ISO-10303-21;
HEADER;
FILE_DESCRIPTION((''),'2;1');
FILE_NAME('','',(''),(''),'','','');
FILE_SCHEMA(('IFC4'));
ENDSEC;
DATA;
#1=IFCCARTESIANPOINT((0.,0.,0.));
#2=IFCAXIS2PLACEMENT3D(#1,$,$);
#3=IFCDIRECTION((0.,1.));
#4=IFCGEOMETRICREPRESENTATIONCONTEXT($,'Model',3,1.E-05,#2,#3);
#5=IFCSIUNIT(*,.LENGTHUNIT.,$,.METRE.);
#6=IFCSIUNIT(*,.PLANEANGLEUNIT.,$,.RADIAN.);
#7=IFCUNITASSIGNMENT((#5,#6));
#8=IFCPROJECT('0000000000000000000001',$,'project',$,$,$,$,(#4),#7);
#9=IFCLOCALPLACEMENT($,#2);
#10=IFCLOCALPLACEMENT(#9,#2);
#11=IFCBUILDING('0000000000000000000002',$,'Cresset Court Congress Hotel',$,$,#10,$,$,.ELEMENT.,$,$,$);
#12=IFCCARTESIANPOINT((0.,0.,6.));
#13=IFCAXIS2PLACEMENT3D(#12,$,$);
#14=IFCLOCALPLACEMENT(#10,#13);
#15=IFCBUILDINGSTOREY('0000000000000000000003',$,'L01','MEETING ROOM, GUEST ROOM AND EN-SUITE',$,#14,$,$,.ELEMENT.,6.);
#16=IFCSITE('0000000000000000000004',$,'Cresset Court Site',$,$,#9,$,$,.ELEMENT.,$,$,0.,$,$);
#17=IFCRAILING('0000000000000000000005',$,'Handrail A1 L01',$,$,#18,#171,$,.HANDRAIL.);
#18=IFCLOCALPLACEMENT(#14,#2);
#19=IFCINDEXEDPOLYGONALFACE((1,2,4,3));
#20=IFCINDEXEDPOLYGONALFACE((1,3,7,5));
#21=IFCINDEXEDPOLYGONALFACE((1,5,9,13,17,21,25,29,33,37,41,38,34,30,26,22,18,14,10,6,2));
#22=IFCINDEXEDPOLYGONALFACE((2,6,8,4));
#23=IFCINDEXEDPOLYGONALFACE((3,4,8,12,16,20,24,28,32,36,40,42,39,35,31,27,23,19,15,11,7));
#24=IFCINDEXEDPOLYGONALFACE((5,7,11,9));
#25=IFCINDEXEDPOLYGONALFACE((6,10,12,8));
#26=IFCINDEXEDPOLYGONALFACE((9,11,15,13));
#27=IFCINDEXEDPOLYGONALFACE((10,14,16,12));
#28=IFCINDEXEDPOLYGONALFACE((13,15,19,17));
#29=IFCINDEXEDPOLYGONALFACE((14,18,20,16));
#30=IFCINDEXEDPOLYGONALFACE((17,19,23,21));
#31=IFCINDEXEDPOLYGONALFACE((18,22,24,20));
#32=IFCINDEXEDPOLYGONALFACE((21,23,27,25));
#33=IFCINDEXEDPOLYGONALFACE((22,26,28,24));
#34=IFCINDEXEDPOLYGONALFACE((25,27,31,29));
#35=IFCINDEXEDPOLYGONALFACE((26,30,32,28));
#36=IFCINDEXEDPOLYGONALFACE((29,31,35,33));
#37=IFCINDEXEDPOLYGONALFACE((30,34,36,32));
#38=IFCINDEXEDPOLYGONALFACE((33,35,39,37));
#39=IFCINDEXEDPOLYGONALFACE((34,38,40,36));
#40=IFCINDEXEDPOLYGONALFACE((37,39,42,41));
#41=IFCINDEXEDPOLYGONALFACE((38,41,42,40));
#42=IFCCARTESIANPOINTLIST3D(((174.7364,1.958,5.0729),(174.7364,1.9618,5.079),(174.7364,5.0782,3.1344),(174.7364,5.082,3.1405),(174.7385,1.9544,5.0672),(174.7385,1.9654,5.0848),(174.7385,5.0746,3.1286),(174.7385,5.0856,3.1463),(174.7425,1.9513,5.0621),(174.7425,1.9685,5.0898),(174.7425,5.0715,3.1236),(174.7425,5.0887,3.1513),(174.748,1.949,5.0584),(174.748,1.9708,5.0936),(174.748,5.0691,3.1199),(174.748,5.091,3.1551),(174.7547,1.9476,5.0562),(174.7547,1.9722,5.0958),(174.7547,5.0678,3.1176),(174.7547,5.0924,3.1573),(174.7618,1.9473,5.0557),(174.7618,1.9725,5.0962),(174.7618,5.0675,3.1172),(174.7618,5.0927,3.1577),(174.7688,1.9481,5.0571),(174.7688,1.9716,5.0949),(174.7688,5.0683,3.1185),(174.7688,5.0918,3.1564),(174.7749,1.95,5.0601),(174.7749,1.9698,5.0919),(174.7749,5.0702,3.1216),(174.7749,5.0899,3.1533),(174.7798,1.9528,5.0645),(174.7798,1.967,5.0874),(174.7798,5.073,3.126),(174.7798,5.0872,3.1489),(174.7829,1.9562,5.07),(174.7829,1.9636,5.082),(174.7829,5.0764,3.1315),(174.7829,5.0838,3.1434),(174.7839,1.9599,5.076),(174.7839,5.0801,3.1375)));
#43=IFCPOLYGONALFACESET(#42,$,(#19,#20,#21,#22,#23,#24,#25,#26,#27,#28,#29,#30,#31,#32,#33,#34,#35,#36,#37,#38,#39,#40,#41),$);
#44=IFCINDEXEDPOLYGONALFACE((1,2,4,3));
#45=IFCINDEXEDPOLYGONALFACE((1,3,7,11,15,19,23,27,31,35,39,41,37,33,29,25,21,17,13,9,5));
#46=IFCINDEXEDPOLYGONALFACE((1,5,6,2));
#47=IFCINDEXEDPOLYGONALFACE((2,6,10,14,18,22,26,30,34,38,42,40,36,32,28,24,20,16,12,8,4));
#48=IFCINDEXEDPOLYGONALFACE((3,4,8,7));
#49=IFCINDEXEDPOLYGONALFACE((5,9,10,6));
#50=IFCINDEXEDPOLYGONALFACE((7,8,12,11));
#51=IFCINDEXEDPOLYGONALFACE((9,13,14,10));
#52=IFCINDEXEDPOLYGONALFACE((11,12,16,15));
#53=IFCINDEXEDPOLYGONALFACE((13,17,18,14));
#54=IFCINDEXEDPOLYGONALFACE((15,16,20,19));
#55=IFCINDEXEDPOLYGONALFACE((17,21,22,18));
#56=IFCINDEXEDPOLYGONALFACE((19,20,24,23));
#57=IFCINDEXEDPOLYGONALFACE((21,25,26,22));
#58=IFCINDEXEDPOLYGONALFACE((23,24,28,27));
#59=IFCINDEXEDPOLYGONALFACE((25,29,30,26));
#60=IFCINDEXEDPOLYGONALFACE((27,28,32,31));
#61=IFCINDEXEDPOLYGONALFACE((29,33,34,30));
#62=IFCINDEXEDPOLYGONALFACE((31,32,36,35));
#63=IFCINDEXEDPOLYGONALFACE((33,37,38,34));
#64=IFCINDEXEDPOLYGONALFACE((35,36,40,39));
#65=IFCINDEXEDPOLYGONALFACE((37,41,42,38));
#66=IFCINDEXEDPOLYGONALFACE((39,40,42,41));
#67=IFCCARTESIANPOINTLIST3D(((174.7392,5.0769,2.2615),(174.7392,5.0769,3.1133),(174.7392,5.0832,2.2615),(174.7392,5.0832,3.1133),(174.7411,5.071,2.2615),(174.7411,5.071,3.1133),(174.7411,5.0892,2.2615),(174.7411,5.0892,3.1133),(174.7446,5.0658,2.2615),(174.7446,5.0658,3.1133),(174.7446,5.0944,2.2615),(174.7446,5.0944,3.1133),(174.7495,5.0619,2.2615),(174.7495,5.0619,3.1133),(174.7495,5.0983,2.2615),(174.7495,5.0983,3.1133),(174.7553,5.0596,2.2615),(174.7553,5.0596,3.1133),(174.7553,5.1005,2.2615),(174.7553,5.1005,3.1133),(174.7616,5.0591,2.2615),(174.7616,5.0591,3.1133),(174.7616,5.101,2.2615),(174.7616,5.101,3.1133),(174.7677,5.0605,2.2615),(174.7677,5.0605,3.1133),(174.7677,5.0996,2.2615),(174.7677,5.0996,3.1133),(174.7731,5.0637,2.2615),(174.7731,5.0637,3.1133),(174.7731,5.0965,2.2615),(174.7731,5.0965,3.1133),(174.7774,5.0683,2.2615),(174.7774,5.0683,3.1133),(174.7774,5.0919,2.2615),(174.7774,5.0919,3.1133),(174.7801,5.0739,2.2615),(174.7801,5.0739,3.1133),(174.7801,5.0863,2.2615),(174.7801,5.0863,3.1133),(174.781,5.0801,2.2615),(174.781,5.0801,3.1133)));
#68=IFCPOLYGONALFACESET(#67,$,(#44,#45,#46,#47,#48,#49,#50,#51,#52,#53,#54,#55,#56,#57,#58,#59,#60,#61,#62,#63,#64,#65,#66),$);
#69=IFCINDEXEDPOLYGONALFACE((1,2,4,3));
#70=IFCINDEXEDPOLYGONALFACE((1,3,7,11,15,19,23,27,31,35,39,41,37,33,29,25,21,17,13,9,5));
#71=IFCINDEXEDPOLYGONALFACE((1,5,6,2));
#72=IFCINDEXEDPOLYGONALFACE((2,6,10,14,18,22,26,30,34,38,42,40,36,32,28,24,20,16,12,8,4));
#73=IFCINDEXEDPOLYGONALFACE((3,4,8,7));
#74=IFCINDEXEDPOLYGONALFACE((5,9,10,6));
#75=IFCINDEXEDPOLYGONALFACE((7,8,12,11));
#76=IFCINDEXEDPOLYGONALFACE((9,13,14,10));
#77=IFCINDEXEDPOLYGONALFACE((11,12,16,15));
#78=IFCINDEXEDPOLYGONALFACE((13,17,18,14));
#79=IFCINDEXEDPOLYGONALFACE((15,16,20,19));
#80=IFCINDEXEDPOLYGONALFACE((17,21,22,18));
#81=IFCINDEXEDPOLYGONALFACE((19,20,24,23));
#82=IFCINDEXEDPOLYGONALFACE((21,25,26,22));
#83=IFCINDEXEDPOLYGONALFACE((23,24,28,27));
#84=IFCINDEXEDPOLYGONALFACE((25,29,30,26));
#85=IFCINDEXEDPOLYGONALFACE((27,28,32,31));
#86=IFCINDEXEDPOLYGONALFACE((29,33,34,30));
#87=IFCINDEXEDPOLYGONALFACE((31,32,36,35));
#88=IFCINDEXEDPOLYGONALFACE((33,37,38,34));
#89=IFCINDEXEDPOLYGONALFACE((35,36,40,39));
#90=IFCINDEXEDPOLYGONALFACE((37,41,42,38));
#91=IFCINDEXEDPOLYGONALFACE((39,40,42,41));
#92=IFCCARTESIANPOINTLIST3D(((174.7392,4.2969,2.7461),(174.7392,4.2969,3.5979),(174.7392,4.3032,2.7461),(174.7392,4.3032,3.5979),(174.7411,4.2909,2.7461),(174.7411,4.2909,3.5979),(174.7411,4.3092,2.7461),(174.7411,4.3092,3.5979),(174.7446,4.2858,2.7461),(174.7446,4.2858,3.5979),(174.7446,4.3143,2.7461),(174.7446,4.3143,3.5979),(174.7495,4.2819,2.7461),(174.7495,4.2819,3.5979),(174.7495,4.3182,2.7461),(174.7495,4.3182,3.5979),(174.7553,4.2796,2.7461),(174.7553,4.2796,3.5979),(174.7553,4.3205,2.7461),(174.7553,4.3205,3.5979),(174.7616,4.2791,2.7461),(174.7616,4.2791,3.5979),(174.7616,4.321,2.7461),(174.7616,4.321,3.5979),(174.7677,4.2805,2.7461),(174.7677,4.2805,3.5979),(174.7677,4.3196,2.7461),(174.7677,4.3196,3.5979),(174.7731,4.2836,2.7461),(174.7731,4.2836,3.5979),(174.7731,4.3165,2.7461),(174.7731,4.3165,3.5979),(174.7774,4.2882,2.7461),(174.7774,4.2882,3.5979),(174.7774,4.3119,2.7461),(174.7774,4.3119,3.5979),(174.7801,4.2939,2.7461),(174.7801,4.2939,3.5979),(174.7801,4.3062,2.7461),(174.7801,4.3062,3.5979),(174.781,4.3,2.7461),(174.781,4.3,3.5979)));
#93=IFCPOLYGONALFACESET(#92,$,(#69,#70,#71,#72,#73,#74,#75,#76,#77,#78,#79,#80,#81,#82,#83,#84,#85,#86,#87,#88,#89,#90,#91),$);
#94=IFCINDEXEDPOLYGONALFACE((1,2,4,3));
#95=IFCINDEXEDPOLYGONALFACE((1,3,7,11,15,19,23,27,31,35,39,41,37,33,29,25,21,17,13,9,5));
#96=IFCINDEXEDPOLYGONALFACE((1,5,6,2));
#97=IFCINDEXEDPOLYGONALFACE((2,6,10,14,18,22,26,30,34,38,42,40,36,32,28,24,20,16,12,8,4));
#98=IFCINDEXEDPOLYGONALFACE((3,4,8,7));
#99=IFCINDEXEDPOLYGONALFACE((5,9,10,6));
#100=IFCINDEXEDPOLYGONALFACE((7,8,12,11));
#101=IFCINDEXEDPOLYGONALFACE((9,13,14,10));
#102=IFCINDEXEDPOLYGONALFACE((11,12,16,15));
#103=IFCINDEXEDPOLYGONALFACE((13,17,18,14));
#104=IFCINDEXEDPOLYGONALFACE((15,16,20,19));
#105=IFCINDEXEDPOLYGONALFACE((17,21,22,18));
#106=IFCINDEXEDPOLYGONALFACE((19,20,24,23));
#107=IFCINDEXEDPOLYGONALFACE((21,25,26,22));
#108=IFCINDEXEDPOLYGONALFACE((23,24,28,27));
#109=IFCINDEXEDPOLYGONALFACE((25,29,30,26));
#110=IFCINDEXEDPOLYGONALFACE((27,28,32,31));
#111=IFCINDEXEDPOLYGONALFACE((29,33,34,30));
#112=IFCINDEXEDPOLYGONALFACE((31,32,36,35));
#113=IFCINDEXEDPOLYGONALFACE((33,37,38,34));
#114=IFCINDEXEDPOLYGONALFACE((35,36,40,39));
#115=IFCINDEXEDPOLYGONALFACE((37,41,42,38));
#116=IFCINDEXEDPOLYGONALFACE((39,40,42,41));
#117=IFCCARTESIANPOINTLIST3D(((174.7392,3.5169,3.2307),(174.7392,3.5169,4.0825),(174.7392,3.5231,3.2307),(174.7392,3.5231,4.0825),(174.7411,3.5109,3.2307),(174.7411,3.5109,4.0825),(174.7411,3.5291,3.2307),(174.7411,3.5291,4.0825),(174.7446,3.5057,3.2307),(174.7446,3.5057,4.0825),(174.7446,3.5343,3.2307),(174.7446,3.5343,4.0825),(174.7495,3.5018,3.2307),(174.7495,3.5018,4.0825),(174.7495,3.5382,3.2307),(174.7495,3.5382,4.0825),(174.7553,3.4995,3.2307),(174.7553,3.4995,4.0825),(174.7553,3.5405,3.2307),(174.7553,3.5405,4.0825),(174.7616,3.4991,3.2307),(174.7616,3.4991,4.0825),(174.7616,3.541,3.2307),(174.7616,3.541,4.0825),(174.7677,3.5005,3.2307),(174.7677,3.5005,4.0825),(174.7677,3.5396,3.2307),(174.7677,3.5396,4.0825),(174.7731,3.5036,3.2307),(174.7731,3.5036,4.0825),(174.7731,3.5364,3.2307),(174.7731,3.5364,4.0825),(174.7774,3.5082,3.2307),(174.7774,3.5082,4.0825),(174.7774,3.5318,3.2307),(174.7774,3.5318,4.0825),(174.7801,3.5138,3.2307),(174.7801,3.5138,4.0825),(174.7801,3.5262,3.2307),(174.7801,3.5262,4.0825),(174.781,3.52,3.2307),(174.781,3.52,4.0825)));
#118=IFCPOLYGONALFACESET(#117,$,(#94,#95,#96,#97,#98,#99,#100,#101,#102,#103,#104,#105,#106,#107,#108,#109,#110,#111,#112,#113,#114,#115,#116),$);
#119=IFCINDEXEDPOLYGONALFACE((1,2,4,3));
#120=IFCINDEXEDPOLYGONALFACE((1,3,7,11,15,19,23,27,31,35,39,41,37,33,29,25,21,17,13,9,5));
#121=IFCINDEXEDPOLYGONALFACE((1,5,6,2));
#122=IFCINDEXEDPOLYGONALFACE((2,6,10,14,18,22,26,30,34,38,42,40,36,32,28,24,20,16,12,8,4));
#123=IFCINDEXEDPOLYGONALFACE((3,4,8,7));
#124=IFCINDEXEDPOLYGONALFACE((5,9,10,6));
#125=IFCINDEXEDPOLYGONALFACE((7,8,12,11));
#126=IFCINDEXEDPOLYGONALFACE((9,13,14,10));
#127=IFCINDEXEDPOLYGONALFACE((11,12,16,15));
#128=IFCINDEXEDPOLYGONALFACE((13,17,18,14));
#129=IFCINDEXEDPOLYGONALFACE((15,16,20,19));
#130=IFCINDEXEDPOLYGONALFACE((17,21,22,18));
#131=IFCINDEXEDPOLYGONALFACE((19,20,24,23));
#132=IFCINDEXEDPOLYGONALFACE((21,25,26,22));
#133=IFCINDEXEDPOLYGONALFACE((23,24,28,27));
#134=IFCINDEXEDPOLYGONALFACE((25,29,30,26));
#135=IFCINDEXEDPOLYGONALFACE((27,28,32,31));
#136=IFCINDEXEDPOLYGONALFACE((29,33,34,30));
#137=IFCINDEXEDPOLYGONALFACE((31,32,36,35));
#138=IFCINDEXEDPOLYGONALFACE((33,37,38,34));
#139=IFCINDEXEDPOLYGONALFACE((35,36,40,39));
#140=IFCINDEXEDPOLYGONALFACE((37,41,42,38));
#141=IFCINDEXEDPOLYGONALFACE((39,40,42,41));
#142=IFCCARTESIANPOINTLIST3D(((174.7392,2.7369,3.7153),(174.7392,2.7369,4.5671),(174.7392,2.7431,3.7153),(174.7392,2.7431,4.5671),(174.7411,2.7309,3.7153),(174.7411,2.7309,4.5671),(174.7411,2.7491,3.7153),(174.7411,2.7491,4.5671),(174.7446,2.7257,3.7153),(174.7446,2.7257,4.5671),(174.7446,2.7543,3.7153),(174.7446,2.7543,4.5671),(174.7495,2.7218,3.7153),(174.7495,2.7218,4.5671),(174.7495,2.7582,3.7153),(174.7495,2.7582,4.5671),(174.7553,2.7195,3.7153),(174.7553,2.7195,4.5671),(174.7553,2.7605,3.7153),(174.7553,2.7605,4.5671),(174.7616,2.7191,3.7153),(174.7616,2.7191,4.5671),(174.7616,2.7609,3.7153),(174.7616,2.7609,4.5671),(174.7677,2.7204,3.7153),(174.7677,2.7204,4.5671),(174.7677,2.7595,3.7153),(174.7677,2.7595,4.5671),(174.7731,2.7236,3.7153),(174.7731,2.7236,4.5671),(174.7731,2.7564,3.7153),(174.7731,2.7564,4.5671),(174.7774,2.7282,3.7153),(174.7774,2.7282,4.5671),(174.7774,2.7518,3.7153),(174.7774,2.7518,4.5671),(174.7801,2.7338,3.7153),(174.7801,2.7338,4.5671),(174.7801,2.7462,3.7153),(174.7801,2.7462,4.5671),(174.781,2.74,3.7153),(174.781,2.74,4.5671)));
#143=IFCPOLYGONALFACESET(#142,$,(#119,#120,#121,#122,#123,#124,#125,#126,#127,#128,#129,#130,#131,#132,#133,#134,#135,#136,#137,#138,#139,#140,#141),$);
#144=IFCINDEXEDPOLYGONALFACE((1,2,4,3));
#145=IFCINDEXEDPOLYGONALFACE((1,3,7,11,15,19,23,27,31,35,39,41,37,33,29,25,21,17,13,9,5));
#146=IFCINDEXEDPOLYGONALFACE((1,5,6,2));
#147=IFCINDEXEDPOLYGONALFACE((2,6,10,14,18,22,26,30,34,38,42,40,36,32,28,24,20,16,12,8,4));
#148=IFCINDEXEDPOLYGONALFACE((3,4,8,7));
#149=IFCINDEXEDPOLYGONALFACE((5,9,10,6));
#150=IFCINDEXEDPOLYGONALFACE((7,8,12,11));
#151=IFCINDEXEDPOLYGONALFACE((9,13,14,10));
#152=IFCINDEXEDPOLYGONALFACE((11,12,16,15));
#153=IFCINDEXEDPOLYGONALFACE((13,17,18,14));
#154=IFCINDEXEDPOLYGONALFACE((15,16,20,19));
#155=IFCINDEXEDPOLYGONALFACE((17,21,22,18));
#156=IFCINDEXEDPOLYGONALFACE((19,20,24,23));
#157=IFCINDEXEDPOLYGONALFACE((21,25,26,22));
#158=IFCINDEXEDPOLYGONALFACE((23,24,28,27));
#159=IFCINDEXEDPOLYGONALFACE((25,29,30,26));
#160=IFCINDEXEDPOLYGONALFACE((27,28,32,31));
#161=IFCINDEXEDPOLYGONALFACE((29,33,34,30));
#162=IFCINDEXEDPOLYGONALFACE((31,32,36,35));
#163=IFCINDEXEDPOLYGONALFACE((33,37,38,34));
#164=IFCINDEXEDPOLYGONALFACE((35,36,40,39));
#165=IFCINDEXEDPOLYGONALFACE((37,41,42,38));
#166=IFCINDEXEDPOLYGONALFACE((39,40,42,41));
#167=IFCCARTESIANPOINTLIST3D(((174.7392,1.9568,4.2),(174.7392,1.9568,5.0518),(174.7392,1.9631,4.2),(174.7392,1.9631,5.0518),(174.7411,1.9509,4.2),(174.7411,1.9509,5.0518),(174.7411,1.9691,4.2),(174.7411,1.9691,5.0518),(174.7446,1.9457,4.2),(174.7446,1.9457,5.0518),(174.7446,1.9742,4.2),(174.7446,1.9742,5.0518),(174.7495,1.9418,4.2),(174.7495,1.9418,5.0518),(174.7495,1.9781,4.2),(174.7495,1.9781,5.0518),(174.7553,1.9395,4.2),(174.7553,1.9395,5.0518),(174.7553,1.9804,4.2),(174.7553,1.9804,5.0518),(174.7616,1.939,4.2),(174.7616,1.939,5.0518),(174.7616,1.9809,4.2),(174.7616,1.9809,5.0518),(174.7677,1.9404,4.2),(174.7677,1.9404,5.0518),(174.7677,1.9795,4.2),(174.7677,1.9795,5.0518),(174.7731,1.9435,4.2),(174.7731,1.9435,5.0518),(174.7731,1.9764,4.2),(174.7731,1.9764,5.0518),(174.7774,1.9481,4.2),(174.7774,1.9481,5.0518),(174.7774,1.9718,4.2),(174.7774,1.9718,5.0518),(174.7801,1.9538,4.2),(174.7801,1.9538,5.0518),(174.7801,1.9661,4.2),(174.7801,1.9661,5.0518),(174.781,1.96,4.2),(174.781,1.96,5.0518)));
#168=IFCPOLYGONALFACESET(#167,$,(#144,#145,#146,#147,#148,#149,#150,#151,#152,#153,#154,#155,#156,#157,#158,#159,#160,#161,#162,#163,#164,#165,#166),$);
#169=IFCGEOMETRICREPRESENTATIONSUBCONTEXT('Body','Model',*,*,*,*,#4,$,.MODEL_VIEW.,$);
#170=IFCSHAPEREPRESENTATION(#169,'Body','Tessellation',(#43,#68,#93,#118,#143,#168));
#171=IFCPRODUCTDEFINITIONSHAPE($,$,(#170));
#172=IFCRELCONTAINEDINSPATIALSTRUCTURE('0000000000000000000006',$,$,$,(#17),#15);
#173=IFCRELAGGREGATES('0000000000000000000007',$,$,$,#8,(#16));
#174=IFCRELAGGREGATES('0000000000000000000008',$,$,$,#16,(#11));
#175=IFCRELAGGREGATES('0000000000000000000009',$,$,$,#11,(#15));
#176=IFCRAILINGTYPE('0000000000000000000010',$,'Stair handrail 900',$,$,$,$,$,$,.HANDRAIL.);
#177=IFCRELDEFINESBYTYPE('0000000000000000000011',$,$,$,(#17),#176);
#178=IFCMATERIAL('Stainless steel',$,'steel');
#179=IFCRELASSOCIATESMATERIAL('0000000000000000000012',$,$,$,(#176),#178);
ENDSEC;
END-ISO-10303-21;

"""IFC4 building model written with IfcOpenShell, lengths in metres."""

from ifc_helpers import new_model, si_unit, direction, frame, origin, origin_2d, place, context, subcontext, project, spatial, circle, extrude, material, type_object, element, save


model = new_model("IFC4")

# Units and contexts
model_context = context("Model", 3, precision=1e-05, world=origin(), true_north=direction((0.0, 1.0)))
body_context = subcontext(model_context, "Body", "Model", "MODEL_VIEW")
ifc_project = project(units=[si_unit("LENGTHUNIT", "METRE"), si_unit("PLANEANGLEUNIT", "RADIAN")], contexts=[model_context])

# Site, building, storey
site_placement = place(None, origin())
site = spatial("IfcSite", under=ifc_project, at=site_placement, Name="Cresset Court Site", CompositionType="ELEMENT", RefElevation=0.0)
building_placement = place(site_placement, origin())
building = spatial("IfcBuilding", under=site, at=building_placement, Name="Cresset Court Congress Hotel", CompositionType="ELEMENT")
storey_placement = place(building_placement, frame((0.0, 0.0, 6.0)))
storey = spatial("IfcBuildingStorey", under=building, at=storey_placement, Name="L01", Description="MEETING ROOM, GUEST ROOM AND EN-SUITE", CompositionType="ELEMENT", Elevation=6.0)

# Railing
ifc_material_1 = material(Name="Stainless steel", Category="steel")
railing_type_1 = type_object("IfcRailingType", Name="Stair handrail 900", PredefinedType="HANDRAIL", material=ifc_material_1)
for number, where, name in (
    (1, (174.76, 5.0801, 2.2615), "Handrail A1 L01"),
):
    element("IfcRailing", number, at=place(storey_placement, frame(where)), inside=storey, type_object=railing_type_1, Name=name, PredefinedType="HANDRAIL", context=body_context, shape_type="SweptSolid", body=[
        extrude(circle(Radius=0.0239, at=origin_2d()), frame((0.0, 0.0, 0.876), z_axis=(0.0, -0.849414, 0.527727), x_axis=(1.0, 0.0, 0.0)), (0.0, 0.0, 1.0), 3.6733),
        extrude(circle(Radius=0.021, at=origin_2d()), origin(), (0.0, 0.0, 1.0), 0.8518),
        extrude(circle(Radius=0.021, at=origin_2d()), frame((0.0, -0.78, 0.4846)), (0.0, 0.0, 1.0), 0.8518),
        extrude(circle(Radius=0.021, at=origin_2d()), frame((0.0, -1.5601, 0.9692)), (0.0, 0.0, 1.0), 0.8518),
        extrude(circle(Radius=0.021, at=origin_2d()), frame((0.0, -2.3401, 1.4539)), (0.0, 0.0, 1.0), 0.8518),
        extrude(circle(Radius=0.021, at=origin_2d()), frame((0.0, -3.1201, 1.9385)), (0.0, 0.0, 1.0), 0.8518),
    ])

save(model, "model.ifc")
